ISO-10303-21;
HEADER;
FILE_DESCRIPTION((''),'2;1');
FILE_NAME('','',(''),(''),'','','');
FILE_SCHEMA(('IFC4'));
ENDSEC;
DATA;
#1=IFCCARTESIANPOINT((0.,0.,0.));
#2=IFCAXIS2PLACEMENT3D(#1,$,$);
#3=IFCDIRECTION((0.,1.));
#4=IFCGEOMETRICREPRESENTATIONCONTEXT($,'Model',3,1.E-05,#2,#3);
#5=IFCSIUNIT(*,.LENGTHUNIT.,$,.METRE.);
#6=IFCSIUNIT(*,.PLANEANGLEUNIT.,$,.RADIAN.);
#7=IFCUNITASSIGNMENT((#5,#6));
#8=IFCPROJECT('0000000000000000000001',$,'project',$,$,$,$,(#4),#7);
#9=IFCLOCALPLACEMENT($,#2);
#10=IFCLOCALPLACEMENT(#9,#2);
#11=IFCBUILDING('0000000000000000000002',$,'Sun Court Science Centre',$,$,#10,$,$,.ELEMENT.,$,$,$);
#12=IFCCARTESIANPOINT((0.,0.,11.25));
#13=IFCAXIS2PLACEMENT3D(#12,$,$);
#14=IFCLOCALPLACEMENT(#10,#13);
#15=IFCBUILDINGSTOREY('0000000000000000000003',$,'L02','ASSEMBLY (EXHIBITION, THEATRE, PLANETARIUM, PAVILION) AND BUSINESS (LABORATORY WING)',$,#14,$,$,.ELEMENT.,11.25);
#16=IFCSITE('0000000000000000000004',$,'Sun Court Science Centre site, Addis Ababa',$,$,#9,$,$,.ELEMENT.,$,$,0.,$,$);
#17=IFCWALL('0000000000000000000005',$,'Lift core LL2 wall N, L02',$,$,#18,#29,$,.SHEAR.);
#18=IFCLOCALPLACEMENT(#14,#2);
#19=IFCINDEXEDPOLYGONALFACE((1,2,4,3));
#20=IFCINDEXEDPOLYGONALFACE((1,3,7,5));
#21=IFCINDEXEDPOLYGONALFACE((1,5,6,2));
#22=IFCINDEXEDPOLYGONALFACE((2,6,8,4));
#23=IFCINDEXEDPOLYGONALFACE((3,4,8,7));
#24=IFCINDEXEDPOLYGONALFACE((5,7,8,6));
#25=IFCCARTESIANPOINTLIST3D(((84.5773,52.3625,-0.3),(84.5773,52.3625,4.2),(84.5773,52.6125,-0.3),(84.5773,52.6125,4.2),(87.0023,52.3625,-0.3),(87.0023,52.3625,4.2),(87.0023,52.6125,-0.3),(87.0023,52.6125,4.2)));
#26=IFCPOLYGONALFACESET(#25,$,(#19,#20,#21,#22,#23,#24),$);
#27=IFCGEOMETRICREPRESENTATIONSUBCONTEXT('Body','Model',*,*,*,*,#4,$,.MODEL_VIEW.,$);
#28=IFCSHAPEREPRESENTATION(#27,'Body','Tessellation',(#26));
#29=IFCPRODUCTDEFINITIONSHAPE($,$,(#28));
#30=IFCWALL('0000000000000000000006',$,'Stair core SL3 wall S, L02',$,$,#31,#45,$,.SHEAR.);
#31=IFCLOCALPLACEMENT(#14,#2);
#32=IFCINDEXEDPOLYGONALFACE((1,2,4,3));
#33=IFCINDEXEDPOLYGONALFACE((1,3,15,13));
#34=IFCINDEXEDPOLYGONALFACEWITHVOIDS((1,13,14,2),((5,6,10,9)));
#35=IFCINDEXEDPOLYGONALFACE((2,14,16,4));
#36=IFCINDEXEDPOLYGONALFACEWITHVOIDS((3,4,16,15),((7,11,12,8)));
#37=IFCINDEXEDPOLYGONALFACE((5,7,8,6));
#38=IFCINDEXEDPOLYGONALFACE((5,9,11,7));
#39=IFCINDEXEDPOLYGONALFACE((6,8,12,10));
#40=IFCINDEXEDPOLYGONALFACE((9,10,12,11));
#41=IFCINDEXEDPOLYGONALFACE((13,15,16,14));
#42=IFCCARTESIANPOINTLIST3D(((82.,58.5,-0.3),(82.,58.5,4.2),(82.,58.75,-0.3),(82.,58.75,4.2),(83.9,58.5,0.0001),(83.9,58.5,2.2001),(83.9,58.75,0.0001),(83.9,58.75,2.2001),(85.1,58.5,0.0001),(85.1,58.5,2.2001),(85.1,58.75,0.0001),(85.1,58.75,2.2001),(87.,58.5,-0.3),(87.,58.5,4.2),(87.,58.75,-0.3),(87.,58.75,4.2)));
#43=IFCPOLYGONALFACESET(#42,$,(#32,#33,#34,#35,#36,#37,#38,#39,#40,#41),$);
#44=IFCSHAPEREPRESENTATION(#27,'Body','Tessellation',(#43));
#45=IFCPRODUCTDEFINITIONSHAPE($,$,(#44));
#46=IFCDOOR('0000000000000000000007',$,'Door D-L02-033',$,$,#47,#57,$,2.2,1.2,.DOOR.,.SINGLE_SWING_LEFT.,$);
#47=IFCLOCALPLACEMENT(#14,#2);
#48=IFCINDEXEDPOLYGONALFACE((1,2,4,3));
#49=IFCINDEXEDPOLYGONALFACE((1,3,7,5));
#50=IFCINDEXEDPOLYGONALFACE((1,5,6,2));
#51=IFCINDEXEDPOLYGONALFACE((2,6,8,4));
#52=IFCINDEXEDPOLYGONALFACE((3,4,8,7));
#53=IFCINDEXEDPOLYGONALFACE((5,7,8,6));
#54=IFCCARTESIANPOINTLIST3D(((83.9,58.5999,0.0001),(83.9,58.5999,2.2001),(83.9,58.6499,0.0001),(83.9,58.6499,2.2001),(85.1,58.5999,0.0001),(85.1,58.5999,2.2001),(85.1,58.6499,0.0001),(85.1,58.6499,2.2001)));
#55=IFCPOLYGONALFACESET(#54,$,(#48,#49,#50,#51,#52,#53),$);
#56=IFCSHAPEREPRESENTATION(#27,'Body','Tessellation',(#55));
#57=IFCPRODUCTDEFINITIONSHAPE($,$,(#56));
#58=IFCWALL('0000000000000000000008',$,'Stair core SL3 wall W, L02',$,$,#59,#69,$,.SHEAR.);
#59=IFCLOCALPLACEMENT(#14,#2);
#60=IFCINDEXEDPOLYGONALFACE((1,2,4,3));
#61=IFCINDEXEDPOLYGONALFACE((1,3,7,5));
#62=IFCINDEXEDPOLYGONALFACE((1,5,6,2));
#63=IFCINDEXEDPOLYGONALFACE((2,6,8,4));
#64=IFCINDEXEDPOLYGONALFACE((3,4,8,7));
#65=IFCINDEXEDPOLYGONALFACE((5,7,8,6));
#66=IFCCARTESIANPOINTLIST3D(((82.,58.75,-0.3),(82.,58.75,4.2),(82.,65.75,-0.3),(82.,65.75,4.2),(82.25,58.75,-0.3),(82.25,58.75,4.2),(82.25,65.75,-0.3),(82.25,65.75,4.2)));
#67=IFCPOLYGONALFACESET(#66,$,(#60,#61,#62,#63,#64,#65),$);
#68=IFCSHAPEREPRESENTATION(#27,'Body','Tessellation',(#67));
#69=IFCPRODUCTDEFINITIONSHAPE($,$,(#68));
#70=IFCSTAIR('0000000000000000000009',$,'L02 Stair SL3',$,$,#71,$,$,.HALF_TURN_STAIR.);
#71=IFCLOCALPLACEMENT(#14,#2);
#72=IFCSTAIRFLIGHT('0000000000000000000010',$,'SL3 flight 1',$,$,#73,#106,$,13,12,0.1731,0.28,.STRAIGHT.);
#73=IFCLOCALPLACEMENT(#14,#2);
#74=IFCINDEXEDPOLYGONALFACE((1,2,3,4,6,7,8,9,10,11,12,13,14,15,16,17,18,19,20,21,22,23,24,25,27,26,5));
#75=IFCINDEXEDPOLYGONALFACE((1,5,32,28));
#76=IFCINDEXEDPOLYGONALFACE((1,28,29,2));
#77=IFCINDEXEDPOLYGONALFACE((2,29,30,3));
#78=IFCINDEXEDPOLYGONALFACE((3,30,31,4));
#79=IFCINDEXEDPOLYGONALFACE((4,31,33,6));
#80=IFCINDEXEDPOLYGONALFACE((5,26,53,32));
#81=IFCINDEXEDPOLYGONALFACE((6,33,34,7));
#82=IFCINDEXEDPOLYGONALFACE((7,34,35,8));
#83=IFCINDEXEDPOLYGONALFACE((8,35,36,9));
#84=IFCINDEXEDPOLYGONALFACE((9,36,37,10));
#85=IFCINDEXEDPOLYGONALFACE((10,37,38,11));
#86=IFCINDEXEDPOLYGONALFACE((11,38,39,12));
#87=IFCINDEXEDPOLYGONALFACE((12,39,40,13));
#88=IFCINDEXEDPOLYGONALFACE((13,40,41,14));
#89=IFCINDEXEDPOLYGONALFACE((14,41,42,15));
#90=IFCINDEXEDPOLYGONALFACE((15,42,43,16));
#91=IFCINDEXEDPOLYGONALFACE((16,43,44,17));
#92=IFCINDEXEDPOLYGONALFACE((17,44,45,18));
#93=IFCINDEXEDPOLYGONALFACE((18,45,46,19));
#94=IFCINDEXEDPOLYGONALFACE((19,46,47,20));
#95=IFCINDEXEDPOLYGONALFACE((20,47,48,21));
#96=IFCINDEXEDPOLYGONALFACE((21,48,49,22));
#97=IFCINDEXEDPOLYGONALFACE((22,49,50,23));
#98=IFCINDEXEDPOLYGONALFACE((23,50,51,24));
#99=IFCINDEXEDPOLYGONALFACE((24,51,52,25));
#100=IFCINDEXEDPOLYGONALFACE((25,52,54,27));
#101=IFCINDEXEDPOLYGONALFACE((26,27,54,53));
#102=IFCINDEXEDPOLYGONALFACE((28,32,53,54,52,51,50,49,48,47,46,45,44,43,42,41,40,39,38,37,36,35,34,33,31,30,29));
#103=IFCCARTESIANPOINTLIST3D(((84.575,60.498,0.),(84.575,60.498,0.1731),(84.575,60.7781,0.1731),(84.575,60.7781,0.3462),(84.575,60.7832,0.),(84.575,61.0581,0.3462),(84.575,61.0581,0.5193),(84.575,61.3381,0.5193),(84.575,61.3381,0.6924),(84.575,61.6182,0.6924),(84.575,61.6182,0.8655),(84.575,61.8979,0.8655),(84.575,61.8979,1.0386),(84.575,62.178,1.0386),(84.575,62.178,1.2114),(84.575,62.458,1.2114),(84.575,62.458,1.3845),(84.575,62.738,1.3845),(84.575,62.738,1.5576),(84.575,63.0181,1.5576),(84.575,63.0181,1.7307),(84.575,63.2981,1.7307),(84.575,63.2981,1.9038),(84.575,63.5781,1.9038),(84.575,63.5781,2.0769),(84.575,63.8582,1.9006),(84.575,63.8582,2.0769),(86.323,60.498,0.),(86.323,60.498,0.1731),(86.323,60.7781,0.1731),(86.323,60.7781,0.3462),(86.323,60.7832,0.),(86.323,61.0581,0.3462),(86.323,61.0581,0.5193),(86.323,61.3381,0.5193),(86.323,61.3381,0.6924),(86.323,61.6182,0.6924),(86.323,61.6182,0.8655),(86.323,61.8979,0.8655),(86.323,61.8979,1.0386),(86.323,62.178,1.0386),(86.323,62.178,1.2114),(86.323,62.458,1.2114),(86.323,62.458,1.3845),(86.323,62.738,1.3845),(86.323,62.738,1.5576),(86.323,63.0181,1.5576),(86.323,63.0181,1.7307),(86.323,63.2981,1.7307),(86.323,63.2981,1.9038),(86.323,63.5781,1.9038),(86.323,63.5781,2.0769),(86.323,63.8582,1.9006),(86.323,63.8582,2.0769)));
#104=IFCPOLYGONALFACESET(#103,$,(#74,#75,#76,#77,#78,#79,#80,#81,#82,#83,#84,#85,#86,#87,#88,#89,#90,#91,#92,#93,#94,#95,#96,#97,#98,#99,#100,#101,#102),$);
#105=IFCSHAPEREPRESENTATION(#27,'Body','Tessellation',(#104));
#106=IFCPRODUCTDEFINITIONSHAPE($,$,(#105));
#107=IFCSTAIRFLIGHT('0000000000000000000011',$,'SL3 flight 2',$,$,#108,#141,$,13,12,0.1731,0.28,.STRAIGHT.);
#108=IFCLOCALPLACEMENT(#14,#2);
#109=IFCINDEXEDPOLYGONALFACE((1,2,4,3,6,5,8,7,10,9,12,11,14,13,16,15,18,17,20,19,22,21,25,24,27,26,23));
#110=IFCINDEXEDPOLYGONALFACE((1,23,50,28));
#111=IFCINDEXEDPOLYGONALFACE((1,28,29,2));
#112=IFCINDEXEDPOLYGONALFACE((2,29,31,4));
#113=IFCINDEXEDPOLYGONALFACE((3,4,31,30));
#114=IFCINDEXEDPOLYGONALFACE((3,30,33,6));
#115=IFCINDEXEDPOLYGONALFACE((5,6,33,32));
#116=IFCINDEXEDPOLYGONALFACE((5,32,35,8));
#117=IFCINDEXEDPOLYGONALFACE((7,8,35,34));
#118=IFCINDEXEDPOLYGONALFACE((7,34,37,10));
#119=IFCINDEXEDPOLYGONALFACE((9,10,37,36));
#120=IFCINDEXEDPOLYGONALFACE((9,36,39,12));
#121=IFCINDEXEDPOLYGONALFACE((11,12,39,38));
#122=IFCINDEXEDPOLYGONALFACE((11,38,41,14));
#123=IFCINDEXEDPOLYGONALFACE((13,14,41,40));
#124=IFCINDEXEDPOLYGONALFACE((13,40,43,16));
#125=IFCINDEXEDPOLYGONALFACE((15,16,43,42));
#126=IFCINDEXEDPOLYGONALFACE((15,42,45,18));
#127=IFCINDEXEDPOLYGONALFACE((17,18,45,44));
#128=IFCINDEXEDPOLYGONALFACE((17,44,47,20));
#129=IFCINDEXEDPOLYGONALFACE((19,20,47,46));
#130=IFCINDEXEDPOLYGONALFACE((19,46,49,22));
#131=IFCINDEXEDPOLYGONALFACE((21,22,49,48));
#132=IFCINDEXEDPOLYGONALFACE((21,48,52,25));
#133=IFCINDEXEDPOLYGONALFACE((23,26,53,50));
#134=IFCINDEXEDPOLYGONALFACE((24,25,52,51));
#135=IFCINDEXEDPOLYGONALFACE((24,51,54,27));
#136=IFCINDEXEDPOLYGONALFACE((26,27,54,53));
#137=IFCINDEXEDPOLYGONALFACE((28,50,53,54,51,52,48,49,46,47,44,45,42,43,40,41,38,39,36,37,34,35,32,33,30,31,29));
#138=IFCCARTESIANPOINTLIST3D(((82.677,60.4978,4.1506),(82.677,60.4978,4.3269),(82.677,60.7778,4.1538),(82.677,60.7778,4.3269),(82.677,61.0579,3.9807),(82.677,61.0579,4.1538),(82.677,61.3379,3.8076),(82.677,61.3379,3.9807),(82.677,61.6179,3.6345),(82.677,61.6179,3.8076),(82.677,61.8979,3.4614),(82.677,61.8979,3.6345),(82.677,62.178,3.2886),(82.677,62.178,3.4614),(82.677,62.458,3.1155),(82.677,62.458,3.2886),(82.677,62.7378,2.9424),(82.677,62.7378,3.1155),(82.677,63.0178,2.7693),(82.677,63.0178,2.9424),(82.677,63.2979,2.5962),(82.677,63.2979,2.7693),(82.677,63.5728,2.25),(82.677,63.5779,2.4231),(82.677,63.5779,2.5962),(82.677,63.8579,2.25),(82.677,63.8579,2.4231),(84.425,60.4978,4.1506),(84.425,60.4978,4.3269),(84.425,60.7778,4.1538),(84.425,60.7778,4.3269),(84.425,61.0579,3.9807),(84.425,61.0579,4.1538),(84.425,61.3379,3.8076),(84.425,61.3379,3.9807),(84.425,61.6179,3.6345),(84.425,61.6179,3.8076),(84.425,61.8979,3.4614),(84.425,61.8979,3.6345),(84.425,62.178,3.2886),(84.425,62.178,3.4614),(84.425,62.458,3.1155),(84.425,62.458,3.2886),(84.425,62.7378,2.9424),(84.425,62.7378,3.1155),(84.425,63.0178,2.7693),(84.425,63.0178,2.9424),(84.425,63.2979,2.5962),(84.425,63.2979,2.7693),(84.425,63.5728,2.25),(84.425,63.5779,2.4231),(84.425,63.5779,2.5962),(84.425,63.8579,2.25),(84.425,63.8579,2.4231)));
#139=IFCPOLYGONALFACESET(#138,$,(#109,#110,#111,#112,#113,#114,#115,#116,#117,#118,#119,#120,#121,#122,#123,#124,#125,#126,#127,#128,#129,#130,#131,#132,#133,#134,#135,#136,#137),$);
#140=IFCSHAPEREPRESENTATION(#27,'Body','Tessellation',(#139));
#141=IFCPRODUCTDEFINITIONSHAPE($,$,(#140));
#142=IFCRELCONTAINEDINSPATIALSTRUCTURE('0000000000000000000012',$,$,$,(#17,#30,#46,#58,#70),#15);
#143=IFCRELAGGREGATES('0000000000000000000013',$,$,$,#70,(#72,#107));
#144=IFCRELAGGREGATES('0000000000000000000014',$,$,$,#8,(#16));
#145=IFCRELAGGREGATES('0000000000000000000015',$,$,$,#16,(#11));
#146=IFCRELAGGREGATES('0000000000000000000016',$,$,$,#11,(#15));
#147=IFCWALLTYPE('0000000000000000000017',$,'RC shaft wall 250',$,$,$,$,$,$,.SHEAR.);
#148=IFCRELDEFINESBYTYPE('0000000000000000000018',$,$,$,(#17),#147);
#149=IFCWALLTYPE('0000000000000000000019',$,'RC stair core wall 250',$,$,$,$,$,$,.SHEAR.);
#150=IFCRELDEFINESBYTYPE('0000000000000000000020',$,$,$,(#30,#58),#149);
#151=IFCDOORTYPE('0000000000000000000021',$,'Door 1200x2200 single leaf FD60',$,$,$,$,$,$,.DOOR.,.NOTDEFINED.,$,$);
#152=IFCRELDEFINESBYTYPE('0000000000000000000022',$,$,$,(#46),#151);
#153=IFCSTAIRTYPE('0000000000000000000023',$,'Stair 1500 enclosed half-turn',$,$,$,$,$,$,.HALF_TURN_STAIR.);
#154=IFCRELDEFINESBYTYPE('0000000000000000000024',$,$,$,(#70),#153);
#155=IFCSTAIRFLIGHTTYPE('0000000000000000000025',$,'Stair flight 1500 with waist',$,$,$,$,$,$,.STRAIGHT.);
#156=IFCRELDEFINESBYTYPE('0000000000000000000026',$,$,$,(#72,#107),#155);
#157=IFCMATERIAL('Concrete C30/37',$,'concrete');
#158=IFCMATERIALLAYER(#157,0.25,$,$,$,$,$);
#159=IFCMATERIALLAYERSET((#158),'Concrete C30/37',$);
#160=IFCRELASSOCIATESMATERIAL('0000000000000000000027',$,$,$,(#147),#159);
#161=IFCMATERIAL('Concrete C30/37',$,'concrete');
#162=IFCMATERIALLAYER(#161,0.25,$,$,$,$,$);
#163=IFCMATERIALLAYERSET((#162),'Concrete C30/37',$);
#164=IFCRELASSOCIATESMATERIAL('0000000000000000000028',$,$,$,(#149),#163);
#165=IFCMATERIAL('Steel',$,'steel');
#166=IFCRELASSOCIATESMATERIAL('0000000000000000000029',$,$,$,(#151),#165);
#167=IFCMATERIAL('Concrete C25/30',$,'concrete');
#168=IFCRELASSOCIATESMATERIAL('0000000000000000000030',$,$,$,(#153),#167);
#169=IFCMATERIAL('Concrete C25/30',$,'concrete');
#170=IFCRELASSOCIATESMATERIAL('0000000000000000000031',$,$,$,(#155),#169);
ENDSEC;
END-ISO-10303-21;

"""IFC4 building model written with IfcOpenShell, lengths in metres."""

from ifc_helpers import new_model, si_unit, direction, frame, frame_2d, origin, place, context, subcontext, project, spatial, polyline, rectangle, outline, extrude, material, layer, layer_set, type_object, element, fill, aggregate, save


model = new_model("IFC4")

# Units and contexts
model_context = context("Model", 3, precision=1e-05, world=origin(), true_north=direction((0.0, 1.0)))
body_context = subcontext(model_context, "Body", "Model", "MODEL_VIEW")
ifc_project = project(units=[si_unit("LENGTHUNIT", "METRE"), si_unit("PLANEANGLEUNIT", "RADIAN")], contexts=[model_context])

# Site, building, storey
site_placement = place(None, origin())
site = spatial("IfcSite", under=ifc_project, at=site_placement, Name="Sun Court Science Centre site, Addis Ababa", CompositionType="ELEMENT", RefElevation=0.0)
building_placement = place(site_placement, origin())
building = spatial("IfcBuilding", under=site, at=building_placement, Name="Sun Court Science Centre", CompositionType="ELEMENT")
storey_placement = place(building_placement, frame((0.0, 0.0, 11.25)))
storey = spatial("IfcBuildingStorey", under=building, at=storey_placement, Name="L02", Description="ASSEMBLY (EXHIBITION, THEATRE, PLANETARIUM, PAVILION) AND BUSINESS (LABORATORY WING)", CompositionType="ELEMENT", Elevation=11.25)

# Wall
ifc_material_1 = material(Name="Concrete C30/37", Category="concrete")
ifc_layer_1 = layer(ifc_material_1, 0.25)
ifc_layer_set_1 = layer_set([ifc_layer_1], Name="Concrete C30/37")
wall_type_1 = type_object("IfcWallType", Name="RC shaft wall 250", PredefinedType="SHEAR", material=ifc_layer_set_1)
wall_1_placement = place(storey_placement, frame((84.5774, 52.4875, -0.3), z_axis=(0.0, 0.0, 1.0), x_axis=(1.0, 0.0, 0.0)))
element("IfcWall", 1, at=wall_1_placement, inside=storey, type_object=wall_type_1, Name="Lift core LL2 wall N, L02", PredefinedType="SHEAR", context=body_context, shape_type="SweptSolid", body=[
    extrude(rectangle(XDim=2.425, YDim=0.25, at=frame_2d((1.2124, 0.0))), origin(), (0.0, 0.0, 1.0), 4.5),
])

# Wall, opening, door
ifc_material_2 = material(Name="Concrete C30/37", Category="concrete")
ifc_layer_2 = layer(ifc_material_2, 0.25)
ifc_layer_set_2 = layer_set([ifc_layer_2], Name="Concrete C30/37")
wall_type_2 = type_object("IfcWallType", Name="RC stair core wall 250", PredefinedType="SHEAR", material=ifc_layer_set_2)
wall_2_placement = place(storey_placement, frame((82.0, 58.625, -0.3), z_axis=(0.0, 0.0, 1.0), x_axis=(1.0, 0.0, 0.0)))
wall_2 = element("IfcWall", 2, at=wall_2_placement, inside=storey, type_object=wall_type_2, Name="Stair core SL3 wall S, L02", PredefinedType="SHEAR", context=body_context, shape_type="SweptSolid", body=[
    extrude(rectangle(XDim=5.0, YDim=0.25, at=frame_2d((2.5, 0.0))), origin(), (0.0, 0.0, 1.0), 4.5),
])
opening_1_placement = place(wall_2_placement, frame((1.8999, 0.0, 0.3)))
opening_1 = element("IfcOpeningElement", 3, at=opening_1_placement, cuts=wall_2, PredefinedType="OPENING", context=body_context, shape_type="SweptSolid", body=[
    extrude(rectangle(XDim=1.2, YDim=2.2, at=frame_2d((0.6001, 1.1001))), frame((0.0, 0.135, 0.0), z_axis=(0.0, -1.0, 0.0), x_axis=(1.0, 0.0, 0.0)), (0.0, 0.0, 1.0), 0.27),
])
ifc_material_3 = material(Name="Steel", Category="steel")
door_type_1 = type_object("IfcDoorType", Name="Door 1200x2200 single leaf FD60", OperationType="NOTDEFINED", PredefinedType="DOOR", material=ifc_material_3)
door_1_placement = place(opening_1_placement, origin())
door_1 = element("IfcDoor", 4, at=door_1_placement, inside=storey, type_object=door_type_1, Name="Door D-L02-033", OperationType="SINGLE_SWING_LEFT", OverallHeight=2.2, OverallWidth=1.2, PredefinedType="DOOR", context=body_context, shape_type="SweptSolid", body=[
    extrude(rectangle(XDim=1.2, YDim=2.2, at=frame_2d((0.6001, 1.1001))), frame((0.0, 0.0249, 0.0), z_axis=(0.0, -1.0, 0.0), x_axis=(1.0, 0.0, 0.0)), (0.0, 0.0, 1.0), 0.05),
])
fill(opening_1, door_1)

# Wall
wall_3_placement = place(storey_placement, frame((82.125, 58.75, -0.3), z_axis=(0.0, 0.0, 1.0), x_axis=(0.0, 1.0, 0.0)))
element("IfcWall", 5, at=wall_3_placement, inside=storey, type_object=wall_type_2, Name="Stair core SL3 wall W, L02", PredefinedType="SHEAR", context=body_context, shape_type="SweptSolid", body=[
    extrude(rectangle(XDim=7.0, YDim=0.25, at=frame_2d((3.5, 0.0))), origin(), (0.0, 0.0, 1.0), 4.5),
])

# Stair, stair flights
ifc_material_4 = material(Name="Concrete C25/30", Category="concrete")
stair_type = type_object("IfcStairType", Name="Stair 1500 enclosed half-turn", PredefinedType="HALF_TURN_STAIR", material=ifc_material_4)
stair_placement = place(storey_placement, origin())
stair = element("IfcStair", 6, at=stair_placement, inside=storey, type_object=stair_type, Name="L02 Stair SL3", PredefinedType="HALF_TURN_STAIR")
ifc_material_5 = material(Name="Concrete C25/30", Category="concrete")
stair_flight_type = type_object("IfcStairFlightType", Name="Stair flight 1500 with waist", PredefinedType="STRAIGHT", material=ifc_material_5)
stair_flight_1_placement = place(storey_placement, frame((85.449, 60.498, 0.0), z_axis=(0.0, 0.0, 1.0), x_axis=(0.0, 1.0, 0.0)))
stair_flight_1 = element("IfcStairFlight", 7, at=stair_flight_1_placement, type_object=stair_flight_type, Name="SL3 flight 1", NumberOfRisers=13, NumberOfTreads=12, PredefinedType="STRAIGHT", RiserHeight=0.1731, TreadLength=0.28, context=body_context, shape_type="SweptSolid", body=[
    extrude(outline(polyline([(0.0, 0.0), (0.0, 0.1731), (0.28, 0.1731), (0.28, 0.3462), (0.5601, 0.3462), (0.5601, 0.5193), (0.8401, 0.5193), (0.8401, 0.6924), (1.1201, 0.6924), (1.1201, 0.8655), (1.3999, 0.8655), (1.3999, 1.0386), (1.6799, 1.0386), (1.6799, 1.2114), (1.96, 1.2114), (1.96, 1.3845), (2.24, 1.3845), (2.24, 1.5576), (2.52, 1.5576), (2.52, 1.7307), (2.8, 1.7307), (2.8, 1.9038), (3.0801, 1.9038), (3.0801, 2.0769), (3.3601, 2.0769), (3.3601, 2.25), (3.3601, 1.9006), (0.2852, 0.0), (0.0, 0.0)])), frame((0.0, 0.874, 0.0), z_axis=(0.0, -1.0, 0.0), x_axis=(1.0, 0.0, 0.0)), (0.0, 0.0, 1.0), 1.748),
])
stair_flight_2_placement = place(storey_placement, frame((83.551, 63.8579, 2.25), z_axis=(0.0, 0.0, 1.0), x_axis=(0.0, -1.0, 0.0)))
stair_flight_2 = element("IfcStairFlight", 8, at=stair_flight_2_placement, type_object=stair_flight_type, Name="SL3 flight 2", NumberOfRisers=13, NumberOfTreads=12, PredefinedType="STRAIGHT", RiserHeight=0.1731, TreadLength=0.28, context=body_context, shape_type="SweptSolid", body=[
    extrude(outline(polyline([(0.0, 0.0), (0.0, 0.1731), (0.28, 0.1731), (0.28, 0.3462), (0.5601, 0.3462), (0.5601, 0.5193), (0.8401, 0.5193), (0.8401, 0.6924), (1.1201, 0.6924), (1.1201, 0.8655), (1.3999, 0.8655), (1.3999, 1.0386), (1.6799, 1.0386), (1.6799, 1.2114), (1.96, 1.2114), (1.96, 1.3845), (2.24, 1.3845), (2.24, 1.5576), (2.52, 1.5576), (2.52, 1.7307), (2.8, 1.7307), (2.8, 1.9038), (3.0801, 1.9038), (3.0801, 2.0769), (3.3601, 2.0769), (3.3601, 2.25), (3.3601, 1.9006), (0.2852, 0.0), (0.0, 0.0)])), frame((0.0, 0.874, 0.0), z_axis=(0.0, -1.0, 0.0), x_axis=(1.0, 0.0, 0.0)), (0.0, 0.0, 1.0), 1.748),
])
aggregate(stair, [stair_flight_1, stair_flight_2])

save(model, "model.ifc")
